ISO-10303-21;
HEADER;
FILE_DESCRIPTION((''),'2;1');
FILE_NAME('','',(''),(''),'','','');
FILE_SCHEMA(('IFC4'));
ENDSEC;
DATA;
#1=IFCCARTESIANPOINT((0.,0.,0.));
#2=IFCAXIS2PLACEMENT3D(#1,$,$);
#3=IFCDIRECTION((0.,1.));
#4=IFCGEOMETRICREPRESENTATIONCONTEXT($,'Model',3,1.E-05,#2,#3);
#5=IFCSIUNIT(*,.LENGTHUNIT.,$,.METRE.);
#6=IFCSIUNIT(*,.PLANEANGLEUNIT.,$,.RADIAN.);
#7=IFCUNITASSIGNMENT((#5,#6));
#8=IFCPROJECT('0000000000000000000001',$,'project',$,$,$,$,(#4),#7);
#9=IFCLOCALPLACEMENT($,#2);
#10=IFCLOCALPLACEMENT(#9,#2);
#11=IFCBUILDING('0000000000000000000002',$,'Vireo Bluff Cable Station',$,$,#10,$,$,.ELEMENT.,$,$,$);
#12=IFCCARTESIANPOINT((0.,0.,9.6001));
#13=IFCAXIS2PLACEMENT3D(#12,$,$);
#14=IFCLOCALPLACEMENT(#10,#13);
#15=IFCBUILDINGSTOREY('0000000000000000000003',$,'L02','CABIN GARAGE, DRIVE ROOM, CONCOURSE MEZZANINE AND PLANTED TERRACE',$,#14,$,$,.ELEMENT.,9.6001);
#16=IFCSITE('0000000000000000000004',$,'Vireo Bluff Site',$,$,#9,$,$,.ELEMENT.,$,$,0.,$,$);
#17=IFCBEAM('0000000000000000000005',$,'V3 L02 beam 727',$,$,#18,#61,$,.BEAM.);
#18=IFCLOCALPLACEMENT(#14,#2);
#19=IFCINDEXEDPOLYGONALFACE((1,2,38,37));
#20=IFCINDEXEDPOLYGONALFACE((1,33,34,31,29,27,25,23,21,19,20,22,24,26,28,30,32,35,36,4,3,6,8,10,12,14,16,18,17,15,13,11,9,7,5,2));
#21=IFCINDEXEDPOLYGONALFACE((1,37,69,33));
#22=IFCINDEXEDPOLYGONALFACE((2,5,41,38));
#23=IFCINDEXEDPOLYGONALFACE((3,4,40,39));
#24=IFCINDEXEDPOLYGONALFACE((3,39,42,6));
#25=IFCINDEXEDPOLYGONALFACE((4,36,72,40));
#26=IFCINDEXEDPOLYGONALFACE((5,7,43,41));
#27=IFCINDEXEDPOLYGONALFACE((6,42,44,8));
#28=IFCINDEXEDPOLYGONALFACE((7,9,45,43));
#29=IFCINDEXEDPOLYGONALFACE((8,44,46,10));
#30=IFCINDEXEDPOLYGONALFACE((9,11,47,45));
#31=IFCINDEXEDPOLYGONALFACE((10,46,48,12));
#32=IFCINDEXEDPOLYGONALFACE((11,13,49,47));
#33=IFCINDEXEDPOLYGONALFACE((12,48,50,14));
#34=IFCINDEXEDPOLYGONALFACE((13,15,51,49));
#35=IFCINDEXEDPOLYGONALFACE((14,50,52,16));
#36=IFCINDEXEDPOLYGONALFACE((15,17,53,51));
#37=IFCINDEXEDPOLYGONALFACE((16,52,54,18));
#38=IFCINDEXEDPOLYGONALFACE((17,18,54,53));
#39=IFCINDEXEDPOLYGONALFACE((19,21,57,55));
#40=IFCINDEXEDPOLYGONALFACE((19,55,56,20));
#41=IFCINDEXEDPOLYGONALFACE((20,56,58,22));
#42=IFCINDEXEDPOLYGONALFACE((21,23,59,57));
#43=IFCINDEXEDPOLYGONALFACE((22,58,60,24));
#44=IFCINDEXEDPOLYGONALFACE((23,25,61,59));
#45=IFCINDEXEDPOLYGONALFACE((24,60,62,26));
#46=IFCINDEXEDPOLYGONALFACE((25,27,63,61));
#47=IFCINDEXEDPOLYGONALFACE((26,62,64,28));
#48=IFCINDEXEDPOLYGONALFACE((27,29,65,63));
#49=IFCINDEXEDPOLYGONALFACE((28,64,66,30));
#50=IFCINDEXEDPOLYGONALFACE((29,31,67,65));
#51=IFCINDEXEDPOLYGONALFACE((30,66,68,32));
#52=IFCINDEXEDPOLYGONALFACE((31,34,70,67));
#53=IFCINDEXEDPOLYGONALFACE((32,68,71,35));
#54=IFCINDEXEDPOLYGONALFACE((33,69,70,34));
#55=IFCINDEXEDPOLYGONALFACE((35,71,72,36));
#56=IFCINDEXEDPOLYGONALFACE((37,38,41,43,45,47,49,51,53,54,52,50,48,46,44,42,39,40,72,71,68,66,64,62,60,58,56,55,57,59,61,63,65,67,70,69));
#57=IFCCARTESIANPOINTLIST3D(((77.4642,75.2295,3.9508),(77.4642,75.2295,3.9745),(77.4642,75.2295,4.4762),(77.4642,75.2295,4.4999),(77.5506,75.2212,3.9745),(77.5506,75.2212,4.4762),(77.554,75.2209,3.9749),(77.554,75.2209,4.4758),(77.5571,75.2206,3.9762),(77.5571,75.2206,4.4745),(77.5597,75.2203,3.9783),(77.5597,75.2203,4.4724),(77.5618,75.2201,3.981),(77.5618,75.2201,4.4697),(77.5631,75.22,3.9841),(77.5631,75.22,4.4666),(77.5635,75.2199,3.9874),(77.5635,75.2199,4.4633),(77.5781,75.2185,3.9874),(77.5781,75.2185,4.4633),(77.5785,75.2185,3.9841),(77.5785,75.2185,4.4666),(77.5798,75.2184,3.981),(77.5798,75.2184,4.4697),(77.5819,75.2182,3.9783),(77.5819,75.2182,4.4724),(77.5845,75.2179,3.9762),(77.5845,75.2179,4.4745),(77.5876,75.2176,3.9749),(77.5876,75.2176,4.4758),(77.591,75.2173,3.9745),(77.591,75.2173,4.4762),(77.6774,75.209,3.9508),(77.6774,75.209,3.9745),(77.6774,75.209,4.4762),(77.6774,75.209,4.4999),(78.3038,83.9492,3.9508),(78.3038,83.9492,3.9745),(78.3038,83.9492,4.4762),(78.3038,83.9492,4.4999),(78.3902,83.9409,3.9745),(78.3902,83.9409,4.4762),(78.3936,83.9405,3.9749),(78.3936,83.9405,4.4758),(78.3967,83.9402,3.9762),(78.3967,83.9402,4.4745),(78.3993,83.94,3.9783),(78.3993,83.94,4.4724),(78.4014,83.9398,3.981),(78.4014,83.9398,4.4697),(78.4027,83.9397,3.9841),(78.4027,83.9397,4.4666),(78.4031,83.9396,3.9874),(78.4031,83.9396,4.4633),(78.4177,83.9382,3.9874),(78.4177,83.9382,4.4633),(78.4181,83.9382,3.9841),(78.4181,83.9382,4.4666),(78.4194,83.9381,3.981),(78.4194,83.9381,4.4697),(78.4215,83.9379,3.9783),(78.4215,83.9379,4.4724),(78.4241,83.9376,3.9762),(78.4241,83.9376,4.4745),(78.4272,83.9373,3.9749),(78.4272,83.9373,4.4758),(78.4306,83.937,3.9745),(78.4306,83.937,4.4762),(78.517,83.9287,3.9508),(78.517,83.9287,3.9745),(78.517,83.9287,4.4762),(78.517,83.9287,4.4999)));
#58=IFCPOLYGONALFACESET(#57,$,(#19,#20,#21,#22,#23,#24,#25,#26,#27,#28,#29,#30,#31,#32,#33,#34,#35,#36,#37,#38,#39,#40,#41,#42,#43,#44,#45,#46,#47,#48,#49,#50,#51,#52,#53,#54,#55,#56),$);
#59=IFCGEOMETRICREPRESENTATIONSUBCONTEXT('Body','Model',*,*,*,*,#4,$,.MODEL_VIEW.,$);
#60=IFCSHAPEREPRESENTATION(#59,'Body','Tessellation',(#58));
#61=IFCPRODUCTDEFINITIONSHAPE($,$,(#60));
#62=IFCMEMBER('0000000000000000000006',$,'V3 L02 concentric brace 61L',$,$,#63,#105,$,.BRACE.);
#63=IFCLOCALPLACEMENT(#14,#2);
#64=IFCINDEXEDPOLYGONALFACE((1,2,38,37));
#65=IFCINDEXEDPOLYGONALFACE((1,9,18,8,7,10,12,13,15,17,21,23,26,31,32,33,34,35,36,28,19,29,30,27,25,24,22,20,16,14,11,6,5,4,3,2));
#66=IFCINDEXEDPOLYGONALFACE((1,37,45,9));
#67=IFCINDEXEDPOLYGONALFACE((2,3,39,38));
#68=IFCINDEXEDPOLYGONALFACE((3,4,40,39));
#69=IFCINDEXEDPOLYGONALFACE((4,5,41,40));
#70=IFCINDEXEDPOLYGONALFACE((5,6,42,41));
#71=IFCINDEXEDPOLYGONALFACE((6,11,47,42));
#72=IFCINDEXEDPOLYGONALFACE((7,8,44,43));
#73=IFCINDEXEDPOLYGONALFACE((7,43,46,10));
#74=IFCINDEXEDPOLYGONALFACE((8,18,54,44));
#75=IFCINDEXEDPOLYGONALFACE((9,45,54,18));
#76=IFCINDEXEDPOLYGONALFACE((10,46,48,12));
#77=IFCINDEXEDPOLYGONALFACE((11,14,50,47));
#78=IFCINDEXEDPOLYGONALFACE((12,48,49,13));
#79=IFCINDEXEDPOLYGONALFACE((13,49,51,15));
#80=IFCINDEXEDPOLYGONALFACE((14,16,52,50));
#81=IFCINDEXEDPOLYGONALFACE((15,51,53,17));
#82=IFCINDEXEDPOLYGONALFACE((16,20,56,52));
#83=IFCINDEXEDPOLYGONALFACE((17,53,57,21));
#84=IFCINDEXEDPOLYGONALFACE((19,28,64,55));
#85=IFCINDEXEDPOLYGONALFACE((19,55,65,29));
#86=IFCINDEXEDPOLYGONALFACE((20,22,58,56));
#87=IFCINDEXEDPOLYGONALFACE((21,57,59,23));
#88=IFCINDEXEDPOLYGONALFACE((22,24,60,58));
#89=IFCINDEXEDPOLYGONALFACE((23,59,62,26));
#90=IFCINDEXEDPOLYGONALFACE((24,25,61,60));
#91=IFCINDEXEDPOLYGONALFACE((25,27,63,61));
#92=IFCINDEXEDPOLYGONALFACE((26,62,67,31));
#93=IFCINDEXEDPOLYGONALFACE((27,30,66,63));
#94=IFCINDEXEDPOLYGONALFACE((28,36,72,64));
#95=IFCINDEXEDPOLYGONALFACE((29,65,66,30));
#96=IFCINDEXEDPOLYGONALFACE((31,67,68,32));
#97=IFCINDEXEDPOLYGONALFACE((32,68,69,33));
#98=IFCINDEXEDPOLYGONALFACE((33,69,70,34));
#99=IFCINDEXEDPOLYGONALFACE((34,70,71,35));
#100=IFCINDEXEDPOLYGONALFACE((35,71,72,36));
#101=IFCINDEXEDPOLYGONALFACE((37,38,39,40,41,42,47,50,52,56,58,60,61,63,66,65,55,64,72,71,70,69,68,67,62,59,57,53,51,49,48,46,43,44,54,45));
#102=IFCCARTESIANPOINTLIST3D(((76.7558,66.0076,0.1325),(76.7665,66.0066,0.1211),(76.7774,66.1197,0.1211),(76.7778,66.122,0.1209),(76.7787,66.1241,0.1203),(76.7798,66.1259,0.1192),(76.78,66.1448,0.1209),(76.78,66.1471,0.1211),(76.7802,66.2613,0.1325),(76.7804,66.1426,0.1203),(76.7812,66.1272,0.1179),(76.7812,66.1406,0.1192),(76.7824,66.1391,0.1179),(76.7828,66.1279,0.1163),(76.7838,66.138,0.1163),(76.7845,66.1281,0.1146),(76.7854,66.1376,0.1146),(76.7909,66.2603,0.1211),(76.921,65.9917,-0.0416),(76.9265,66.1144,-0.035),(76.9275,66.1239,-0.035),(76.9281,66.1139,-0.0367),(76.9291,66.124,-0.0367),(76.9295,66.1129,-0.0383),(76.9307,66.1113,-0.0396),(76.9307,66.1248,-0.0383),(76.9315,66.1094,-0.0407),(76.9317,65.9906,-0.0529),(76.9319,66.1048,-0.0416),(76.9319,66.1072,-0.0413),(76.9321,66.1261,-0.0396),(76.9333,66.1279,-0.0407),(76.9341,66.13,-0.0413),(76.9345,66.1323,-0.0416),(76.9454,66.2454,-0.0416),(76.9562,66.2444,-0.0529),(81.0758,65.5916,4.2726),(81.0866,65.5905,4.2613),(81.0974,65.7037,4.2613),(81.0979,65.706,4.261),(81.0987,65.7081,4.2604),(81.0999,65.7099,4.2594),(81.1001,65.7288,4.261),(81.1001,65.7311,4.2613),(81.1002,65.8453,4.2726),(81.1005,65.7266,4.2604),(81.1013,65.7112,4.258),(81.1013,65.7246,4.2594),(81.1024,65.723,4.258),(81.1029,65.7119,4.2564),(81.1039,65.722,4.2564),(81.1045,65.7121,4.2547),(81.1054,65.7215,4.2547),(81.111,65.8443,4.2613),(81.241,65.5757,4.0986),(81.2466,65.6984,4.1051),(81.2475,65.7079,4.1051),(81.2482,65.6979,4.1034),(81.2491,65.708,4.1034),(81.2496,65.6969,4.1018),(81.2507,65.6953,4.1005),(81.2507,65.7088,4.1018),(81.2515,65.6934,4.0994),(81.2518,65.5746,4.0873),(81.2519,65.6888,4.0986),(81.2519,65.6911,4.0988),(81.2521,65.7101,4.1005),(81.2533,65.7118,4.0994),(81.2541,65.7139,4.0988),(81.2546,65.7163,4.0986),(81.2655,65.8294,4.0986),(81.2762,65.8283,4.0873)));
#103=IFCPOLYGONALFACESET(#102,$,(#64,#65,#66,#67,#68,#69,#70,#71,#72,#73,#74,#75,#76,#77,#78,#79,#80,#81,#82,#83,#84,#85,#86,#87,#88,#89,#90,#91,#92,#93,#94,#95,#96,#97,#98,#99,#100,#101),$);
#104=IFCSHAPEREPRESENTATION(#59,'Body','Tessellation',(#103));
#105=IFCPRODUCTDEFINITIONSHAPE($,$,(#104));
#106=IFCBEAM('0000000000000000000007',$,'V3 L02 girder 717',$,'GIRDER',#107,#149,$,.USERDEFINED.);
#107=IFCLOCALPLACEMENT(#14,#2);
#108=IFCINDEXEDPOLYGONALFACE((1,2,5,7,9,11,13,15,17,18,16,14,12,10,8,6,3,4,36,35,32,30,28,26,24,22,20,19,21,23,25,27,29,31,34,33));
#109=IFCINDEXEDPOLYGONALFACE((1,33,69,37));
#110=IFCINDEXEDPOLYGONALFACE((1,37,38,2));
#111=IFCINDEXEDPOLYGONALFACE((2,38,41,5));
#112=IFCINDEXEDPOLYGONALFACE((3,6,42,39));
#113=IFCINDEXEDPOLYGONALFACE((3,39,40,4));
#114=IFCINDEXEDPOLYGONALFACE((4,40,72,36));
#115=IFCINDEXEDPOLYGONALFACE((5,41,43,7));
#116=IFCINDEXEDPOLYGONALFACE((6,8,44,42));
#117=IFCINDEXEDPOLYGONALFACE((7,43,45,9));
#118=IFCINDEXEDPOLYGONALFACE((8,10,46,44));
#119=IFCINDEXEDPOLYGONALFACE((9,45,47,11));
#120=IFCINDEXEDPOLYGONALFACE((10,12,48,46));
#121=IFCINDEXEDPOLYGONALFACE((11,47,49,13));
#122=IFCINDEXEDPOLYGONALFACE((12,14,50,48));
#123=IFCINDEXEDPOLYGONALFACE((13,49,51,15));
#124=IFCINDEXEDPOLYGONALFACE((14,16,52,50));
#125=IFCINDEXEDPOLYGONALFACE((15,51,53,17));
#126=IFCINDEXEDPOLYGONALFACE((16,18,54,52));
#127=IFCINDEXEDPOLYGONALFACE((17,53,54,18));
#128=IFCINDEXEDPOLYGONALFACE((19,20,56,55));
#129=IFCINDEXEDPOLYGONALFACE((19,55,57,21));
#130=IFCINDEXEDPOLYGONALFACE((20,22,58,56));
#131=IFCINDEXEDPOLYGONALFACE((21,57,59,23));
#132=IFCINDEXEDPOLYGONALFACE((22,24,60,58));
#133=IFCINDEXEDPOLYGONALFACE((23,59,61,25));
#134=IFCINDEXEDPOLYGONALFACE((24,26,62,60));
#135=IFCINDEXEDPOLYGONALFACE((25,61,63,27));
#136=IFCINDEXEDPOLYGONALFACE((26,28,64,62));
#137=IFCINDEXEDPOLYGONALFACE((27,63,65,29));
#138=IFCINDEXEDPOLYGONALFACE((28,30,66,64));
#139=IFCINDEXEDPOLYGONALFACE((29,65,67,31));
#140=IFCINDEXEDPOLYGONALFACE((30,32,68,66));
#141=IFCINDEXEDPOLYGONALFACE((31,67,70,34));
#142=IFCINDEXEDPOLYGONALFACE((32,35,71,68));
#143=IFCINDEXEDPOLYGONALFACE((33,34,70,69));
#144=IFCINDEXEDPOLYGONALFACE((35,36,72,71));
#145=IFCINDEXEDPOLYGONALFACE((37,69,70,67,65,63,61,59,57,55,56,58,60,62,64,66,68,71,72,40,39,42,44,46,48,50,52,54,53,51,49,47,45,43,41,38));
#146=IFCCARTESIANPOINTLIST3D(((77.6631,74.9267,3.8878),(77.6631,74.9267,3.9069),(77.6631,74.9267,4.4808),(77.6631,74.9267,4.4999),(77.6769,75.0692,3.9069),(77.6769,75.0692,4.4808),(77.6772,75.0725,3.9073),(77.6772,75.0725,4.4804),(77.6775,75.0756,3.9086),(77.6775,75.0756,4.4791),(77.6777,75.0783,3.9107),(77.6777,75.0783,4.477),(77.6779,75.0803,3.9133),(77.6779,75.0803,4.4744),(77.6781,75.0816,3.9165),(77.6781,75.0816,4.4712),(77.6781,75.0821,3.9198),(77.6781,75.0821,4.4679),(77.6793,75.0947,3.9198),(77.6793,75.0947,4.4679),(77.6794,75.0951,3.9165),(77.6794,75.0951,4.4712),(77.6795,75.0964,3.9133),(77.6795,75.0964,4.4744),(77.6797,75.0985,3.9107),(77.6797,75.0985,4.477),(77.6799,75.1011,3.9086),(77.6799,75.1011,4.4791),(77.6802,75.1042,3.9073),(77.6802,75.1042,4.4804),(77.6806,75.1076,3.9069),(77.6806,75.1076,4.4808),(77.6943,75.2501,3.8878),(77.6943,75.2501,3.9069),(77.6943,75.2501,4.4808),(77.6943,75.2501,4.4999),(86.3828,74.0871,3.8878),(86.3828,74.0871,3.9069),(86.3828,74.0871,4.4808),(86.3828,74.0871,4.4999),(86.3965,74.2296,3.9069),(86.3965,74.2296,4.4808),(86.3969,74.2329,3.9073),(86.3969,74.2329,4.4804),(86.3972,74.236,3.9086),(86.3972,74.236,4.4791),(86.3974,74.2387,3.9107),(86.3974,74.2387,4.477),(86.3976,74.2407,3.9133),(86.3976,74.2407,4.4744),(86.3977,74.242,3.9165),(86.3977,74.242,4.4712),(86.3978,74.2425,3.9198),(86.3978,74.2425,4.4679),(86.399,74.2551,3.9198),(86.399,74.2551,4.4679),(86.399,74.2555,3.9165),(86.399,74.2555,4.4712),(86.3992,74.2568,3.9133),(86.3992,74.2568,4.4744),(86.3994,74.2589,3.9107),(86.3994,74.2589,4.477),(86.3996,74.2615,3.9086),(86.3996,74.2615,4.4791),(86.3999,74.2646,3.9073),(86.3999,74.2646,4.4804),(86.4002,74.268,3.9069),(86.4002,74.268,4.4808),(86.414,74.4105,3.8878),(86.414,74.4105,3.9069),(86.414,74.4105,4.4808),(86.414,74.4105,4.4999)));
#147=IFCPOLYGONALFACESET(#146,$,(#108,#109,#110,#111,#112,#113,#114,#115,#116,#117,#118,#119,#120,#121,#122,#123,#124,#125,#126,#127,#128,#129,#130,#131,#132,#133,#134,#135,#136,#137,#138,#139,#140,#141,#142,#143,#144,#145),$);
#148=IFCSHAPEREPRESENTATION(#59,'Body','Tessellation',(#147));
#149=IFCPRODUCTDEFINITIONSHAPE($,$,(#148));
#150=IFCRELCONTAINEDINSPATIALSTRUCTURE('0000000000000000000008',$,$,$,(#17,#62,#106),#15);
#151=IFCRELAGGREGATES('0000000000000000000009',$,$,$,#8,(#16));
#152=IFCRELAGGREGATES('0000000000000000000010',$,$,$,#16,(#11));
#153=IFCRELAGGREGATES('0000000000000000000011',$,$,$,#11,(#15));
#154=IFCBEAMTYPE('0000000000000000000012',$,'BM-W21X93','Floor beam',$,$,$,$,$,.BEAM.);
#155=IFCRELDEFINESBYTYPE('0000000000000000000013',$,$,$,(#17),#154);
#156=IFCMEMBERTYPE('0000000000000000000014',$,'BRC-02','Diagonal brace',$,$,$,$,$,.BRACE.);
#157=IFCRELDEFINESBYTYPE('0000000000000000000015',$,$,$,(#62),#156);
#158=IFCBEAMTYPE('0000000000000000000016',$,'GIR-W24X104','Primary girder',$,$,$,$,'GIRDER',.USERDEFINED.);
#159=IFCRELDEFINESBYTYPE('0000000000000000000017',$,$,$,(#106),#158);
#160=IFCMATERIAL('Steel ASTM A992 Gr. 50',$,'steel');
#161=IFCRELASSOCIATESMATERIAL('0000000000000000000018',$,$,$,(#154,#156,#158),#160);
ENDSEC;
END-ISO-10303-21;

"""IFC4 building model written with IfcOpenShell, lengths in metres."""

from ifc_helpers import new_model, si_unit, direction, frame, origin, origin_2d, place, context, subcontext, project, spatial, i_section, extrude, material, material_profile, profile_set, type_object, element, save


model = new_model("IFC4")

# Units and contexts
model_context = context("Model", 3, precision=1e-05, world=origin(), true_north=direction((0.0, 1.0)))
body_context = subcontext(model_context, "Body", "Model", "MODEL_VIEW")
ifc_project = project(units=[si_unit("LENGTHUNIT", "METRE"), si_unit("PLANEANGLEUNIT", "RADIAN")], contexts=[model_context])

# Site, building, storey
site_placement = place(None, origin())
site = spatial("IfcSite", under=ifc_project, at=site_placement, Name="Vireo Bluff Site", CompositionType="ELEMENT", RefElevation=0.0)
building_placement = place(site_placement, origin())
building = spatial("IfcBuilding", under=site, at=building_placement, Name="Vireo Bluff Cable Station", CompositionType="ELEMENT")
storey_placement = place(building_placement, frame((0.0, 0.0, 9.6001)))
storey = spatial("IfcBuildingStorey", under=building, at=storey_placement, Name="L02", Description="CABIN GARAGE, DRIVE ROOM, CONCOURSE MEZZANINE AND PLANTED TERRACE", CompositionType="ELEMENT", Elevation=9.6001)

# Shared definitions
ifc_material_1 = material(Name="Steel ASTM A992 Gr. 50", Category="steel")

# Beam
ifc_material_profile_1 = material_profile(ifc_material_1, i_section(OverallWidth=0.2141, OverallDepth=0.5491, WebThickness=0.0146, FlangeThickness=0.0237, FilletRadius=0.0129, at=origin_2d()), Name="W21X93")
ifc_profile_set_1 = profile_set([ifc_material_profile_1], Name="Steel ASTM A992 Gr. 50")
beam_type_1 = type_object("IfcBeamType", Name="BM-W21X93", Description="Floor beam", PredefinedType="BEAM", material=ifc_profile_set_1)
beam_1_placement = place(storey_placement, frame((77.5708, 75.2192, 4.2253), z_axis=(0.095844, 0.995396, 0.0), x_axis=(-0.995396, 0.095844, 0.0)))
element("IfcBeam", 1, at=beam_1_placement, inside=storey, type_object=beam_type_1, Name="V3 L02 beam 727", PredefinedType="BEAM", context=body_context, shape_type="SweptSolid", body=[
    extrude(i_section(OverallWidth=0.2141, OverallDepth=0.5491, WebThickness=0.0146, FlangeThickness=0.0237, FilletRadius=0.0129, at=origin_2d()), origin(), (0.0, 0.0, 1.0), 8.76),
])

# Member
ifc_material_profile_2 = material_profile(ifc_material_1, i_section(OverallWidth=0.2549, OverallDepth=0.2561, WebThickness=0.0095, FlangeThickness=0.0156, FilletRadius=0.009, at=origin_2d()), Name="W10X54")
ifc_profile_set_2 = profile_set([ifc_material_profile_2], Name="Steel ASTM A992 Gr. 50")
member_type = type_object("IfcMemberType", Name="BRC-02", Description="Diagonal brace", PredefinedType="BRACE", material=ifc_profile_set_2)
member_placement = place(storey_placement, frame((76.856, 66.126, 0.0398), z_axis=(0.720244, -0.069358, 0.690245), x_axis=(0.095855, 0.995395, 0.0)))
element("IfcMember", 2, at=member_placement, inside=storey, type_object=member_type, Name="V3 L02 concentric brace 61L", PredefinedType="BRACE", context=body_context, shape_type="SweptSolid", body=[
    extrude(i_section(OverallWidth=0.2549, OverallDepth=0.2561, WebThickness=0.0095, FlangeThickness=0.0156, FilletRadius=0.009, at=origin_2d()), origin(), (0.0, 0.0, 1.0), 5.998),
])

# Beam
ifc_material_profile_3 = material_profile(ifc_material_1, i_section(OverallWidth=0.325, OverallDepth=0.6121, WebThickness=0.0127, FlangeThickness=0.019, FilletRadius=0.0129, at=origin_2d()), Name="W24X104")
ifc_profile_set_3 = profile_set([ifc_material_profile_3], Name="Steel ASTM A992 Gr. 50")
beam_type_2 = type_object("IfcBeamType", Name="GIR-W24X104", Description="Primary girder", ElementType="GIRDER", PredefinedType="USERDEFINED", material=ifc_profile_set_3)
beam_2_placement = place(storey_placement, frame((77.6787, 75.0884, 4.1938), z_axis=(0.995396, -0.095844, 0.0), x_axis=(0.095844, 0.995396, 0.0)))
element("IfcBeam", 3, at=beam_2_placement, inside=storey, type_object=beam_type_2, Name="V3 L02 girder 717", ObjectType="GIRDER", PredefinedType="USERDEFINED", context=body_context, shape_type="SweptSolid", body=[
    extrude(i_section(OverallWidth=0.325, OverallDepth=0.6121, WebThickness=0.0127, FlangeThickness=0.019, FilletRadius=0.0129, at=origin_2d()), origin(), (0.0, 0.0, 1.0), 8.76),
])

save(model, "model.ifc")
